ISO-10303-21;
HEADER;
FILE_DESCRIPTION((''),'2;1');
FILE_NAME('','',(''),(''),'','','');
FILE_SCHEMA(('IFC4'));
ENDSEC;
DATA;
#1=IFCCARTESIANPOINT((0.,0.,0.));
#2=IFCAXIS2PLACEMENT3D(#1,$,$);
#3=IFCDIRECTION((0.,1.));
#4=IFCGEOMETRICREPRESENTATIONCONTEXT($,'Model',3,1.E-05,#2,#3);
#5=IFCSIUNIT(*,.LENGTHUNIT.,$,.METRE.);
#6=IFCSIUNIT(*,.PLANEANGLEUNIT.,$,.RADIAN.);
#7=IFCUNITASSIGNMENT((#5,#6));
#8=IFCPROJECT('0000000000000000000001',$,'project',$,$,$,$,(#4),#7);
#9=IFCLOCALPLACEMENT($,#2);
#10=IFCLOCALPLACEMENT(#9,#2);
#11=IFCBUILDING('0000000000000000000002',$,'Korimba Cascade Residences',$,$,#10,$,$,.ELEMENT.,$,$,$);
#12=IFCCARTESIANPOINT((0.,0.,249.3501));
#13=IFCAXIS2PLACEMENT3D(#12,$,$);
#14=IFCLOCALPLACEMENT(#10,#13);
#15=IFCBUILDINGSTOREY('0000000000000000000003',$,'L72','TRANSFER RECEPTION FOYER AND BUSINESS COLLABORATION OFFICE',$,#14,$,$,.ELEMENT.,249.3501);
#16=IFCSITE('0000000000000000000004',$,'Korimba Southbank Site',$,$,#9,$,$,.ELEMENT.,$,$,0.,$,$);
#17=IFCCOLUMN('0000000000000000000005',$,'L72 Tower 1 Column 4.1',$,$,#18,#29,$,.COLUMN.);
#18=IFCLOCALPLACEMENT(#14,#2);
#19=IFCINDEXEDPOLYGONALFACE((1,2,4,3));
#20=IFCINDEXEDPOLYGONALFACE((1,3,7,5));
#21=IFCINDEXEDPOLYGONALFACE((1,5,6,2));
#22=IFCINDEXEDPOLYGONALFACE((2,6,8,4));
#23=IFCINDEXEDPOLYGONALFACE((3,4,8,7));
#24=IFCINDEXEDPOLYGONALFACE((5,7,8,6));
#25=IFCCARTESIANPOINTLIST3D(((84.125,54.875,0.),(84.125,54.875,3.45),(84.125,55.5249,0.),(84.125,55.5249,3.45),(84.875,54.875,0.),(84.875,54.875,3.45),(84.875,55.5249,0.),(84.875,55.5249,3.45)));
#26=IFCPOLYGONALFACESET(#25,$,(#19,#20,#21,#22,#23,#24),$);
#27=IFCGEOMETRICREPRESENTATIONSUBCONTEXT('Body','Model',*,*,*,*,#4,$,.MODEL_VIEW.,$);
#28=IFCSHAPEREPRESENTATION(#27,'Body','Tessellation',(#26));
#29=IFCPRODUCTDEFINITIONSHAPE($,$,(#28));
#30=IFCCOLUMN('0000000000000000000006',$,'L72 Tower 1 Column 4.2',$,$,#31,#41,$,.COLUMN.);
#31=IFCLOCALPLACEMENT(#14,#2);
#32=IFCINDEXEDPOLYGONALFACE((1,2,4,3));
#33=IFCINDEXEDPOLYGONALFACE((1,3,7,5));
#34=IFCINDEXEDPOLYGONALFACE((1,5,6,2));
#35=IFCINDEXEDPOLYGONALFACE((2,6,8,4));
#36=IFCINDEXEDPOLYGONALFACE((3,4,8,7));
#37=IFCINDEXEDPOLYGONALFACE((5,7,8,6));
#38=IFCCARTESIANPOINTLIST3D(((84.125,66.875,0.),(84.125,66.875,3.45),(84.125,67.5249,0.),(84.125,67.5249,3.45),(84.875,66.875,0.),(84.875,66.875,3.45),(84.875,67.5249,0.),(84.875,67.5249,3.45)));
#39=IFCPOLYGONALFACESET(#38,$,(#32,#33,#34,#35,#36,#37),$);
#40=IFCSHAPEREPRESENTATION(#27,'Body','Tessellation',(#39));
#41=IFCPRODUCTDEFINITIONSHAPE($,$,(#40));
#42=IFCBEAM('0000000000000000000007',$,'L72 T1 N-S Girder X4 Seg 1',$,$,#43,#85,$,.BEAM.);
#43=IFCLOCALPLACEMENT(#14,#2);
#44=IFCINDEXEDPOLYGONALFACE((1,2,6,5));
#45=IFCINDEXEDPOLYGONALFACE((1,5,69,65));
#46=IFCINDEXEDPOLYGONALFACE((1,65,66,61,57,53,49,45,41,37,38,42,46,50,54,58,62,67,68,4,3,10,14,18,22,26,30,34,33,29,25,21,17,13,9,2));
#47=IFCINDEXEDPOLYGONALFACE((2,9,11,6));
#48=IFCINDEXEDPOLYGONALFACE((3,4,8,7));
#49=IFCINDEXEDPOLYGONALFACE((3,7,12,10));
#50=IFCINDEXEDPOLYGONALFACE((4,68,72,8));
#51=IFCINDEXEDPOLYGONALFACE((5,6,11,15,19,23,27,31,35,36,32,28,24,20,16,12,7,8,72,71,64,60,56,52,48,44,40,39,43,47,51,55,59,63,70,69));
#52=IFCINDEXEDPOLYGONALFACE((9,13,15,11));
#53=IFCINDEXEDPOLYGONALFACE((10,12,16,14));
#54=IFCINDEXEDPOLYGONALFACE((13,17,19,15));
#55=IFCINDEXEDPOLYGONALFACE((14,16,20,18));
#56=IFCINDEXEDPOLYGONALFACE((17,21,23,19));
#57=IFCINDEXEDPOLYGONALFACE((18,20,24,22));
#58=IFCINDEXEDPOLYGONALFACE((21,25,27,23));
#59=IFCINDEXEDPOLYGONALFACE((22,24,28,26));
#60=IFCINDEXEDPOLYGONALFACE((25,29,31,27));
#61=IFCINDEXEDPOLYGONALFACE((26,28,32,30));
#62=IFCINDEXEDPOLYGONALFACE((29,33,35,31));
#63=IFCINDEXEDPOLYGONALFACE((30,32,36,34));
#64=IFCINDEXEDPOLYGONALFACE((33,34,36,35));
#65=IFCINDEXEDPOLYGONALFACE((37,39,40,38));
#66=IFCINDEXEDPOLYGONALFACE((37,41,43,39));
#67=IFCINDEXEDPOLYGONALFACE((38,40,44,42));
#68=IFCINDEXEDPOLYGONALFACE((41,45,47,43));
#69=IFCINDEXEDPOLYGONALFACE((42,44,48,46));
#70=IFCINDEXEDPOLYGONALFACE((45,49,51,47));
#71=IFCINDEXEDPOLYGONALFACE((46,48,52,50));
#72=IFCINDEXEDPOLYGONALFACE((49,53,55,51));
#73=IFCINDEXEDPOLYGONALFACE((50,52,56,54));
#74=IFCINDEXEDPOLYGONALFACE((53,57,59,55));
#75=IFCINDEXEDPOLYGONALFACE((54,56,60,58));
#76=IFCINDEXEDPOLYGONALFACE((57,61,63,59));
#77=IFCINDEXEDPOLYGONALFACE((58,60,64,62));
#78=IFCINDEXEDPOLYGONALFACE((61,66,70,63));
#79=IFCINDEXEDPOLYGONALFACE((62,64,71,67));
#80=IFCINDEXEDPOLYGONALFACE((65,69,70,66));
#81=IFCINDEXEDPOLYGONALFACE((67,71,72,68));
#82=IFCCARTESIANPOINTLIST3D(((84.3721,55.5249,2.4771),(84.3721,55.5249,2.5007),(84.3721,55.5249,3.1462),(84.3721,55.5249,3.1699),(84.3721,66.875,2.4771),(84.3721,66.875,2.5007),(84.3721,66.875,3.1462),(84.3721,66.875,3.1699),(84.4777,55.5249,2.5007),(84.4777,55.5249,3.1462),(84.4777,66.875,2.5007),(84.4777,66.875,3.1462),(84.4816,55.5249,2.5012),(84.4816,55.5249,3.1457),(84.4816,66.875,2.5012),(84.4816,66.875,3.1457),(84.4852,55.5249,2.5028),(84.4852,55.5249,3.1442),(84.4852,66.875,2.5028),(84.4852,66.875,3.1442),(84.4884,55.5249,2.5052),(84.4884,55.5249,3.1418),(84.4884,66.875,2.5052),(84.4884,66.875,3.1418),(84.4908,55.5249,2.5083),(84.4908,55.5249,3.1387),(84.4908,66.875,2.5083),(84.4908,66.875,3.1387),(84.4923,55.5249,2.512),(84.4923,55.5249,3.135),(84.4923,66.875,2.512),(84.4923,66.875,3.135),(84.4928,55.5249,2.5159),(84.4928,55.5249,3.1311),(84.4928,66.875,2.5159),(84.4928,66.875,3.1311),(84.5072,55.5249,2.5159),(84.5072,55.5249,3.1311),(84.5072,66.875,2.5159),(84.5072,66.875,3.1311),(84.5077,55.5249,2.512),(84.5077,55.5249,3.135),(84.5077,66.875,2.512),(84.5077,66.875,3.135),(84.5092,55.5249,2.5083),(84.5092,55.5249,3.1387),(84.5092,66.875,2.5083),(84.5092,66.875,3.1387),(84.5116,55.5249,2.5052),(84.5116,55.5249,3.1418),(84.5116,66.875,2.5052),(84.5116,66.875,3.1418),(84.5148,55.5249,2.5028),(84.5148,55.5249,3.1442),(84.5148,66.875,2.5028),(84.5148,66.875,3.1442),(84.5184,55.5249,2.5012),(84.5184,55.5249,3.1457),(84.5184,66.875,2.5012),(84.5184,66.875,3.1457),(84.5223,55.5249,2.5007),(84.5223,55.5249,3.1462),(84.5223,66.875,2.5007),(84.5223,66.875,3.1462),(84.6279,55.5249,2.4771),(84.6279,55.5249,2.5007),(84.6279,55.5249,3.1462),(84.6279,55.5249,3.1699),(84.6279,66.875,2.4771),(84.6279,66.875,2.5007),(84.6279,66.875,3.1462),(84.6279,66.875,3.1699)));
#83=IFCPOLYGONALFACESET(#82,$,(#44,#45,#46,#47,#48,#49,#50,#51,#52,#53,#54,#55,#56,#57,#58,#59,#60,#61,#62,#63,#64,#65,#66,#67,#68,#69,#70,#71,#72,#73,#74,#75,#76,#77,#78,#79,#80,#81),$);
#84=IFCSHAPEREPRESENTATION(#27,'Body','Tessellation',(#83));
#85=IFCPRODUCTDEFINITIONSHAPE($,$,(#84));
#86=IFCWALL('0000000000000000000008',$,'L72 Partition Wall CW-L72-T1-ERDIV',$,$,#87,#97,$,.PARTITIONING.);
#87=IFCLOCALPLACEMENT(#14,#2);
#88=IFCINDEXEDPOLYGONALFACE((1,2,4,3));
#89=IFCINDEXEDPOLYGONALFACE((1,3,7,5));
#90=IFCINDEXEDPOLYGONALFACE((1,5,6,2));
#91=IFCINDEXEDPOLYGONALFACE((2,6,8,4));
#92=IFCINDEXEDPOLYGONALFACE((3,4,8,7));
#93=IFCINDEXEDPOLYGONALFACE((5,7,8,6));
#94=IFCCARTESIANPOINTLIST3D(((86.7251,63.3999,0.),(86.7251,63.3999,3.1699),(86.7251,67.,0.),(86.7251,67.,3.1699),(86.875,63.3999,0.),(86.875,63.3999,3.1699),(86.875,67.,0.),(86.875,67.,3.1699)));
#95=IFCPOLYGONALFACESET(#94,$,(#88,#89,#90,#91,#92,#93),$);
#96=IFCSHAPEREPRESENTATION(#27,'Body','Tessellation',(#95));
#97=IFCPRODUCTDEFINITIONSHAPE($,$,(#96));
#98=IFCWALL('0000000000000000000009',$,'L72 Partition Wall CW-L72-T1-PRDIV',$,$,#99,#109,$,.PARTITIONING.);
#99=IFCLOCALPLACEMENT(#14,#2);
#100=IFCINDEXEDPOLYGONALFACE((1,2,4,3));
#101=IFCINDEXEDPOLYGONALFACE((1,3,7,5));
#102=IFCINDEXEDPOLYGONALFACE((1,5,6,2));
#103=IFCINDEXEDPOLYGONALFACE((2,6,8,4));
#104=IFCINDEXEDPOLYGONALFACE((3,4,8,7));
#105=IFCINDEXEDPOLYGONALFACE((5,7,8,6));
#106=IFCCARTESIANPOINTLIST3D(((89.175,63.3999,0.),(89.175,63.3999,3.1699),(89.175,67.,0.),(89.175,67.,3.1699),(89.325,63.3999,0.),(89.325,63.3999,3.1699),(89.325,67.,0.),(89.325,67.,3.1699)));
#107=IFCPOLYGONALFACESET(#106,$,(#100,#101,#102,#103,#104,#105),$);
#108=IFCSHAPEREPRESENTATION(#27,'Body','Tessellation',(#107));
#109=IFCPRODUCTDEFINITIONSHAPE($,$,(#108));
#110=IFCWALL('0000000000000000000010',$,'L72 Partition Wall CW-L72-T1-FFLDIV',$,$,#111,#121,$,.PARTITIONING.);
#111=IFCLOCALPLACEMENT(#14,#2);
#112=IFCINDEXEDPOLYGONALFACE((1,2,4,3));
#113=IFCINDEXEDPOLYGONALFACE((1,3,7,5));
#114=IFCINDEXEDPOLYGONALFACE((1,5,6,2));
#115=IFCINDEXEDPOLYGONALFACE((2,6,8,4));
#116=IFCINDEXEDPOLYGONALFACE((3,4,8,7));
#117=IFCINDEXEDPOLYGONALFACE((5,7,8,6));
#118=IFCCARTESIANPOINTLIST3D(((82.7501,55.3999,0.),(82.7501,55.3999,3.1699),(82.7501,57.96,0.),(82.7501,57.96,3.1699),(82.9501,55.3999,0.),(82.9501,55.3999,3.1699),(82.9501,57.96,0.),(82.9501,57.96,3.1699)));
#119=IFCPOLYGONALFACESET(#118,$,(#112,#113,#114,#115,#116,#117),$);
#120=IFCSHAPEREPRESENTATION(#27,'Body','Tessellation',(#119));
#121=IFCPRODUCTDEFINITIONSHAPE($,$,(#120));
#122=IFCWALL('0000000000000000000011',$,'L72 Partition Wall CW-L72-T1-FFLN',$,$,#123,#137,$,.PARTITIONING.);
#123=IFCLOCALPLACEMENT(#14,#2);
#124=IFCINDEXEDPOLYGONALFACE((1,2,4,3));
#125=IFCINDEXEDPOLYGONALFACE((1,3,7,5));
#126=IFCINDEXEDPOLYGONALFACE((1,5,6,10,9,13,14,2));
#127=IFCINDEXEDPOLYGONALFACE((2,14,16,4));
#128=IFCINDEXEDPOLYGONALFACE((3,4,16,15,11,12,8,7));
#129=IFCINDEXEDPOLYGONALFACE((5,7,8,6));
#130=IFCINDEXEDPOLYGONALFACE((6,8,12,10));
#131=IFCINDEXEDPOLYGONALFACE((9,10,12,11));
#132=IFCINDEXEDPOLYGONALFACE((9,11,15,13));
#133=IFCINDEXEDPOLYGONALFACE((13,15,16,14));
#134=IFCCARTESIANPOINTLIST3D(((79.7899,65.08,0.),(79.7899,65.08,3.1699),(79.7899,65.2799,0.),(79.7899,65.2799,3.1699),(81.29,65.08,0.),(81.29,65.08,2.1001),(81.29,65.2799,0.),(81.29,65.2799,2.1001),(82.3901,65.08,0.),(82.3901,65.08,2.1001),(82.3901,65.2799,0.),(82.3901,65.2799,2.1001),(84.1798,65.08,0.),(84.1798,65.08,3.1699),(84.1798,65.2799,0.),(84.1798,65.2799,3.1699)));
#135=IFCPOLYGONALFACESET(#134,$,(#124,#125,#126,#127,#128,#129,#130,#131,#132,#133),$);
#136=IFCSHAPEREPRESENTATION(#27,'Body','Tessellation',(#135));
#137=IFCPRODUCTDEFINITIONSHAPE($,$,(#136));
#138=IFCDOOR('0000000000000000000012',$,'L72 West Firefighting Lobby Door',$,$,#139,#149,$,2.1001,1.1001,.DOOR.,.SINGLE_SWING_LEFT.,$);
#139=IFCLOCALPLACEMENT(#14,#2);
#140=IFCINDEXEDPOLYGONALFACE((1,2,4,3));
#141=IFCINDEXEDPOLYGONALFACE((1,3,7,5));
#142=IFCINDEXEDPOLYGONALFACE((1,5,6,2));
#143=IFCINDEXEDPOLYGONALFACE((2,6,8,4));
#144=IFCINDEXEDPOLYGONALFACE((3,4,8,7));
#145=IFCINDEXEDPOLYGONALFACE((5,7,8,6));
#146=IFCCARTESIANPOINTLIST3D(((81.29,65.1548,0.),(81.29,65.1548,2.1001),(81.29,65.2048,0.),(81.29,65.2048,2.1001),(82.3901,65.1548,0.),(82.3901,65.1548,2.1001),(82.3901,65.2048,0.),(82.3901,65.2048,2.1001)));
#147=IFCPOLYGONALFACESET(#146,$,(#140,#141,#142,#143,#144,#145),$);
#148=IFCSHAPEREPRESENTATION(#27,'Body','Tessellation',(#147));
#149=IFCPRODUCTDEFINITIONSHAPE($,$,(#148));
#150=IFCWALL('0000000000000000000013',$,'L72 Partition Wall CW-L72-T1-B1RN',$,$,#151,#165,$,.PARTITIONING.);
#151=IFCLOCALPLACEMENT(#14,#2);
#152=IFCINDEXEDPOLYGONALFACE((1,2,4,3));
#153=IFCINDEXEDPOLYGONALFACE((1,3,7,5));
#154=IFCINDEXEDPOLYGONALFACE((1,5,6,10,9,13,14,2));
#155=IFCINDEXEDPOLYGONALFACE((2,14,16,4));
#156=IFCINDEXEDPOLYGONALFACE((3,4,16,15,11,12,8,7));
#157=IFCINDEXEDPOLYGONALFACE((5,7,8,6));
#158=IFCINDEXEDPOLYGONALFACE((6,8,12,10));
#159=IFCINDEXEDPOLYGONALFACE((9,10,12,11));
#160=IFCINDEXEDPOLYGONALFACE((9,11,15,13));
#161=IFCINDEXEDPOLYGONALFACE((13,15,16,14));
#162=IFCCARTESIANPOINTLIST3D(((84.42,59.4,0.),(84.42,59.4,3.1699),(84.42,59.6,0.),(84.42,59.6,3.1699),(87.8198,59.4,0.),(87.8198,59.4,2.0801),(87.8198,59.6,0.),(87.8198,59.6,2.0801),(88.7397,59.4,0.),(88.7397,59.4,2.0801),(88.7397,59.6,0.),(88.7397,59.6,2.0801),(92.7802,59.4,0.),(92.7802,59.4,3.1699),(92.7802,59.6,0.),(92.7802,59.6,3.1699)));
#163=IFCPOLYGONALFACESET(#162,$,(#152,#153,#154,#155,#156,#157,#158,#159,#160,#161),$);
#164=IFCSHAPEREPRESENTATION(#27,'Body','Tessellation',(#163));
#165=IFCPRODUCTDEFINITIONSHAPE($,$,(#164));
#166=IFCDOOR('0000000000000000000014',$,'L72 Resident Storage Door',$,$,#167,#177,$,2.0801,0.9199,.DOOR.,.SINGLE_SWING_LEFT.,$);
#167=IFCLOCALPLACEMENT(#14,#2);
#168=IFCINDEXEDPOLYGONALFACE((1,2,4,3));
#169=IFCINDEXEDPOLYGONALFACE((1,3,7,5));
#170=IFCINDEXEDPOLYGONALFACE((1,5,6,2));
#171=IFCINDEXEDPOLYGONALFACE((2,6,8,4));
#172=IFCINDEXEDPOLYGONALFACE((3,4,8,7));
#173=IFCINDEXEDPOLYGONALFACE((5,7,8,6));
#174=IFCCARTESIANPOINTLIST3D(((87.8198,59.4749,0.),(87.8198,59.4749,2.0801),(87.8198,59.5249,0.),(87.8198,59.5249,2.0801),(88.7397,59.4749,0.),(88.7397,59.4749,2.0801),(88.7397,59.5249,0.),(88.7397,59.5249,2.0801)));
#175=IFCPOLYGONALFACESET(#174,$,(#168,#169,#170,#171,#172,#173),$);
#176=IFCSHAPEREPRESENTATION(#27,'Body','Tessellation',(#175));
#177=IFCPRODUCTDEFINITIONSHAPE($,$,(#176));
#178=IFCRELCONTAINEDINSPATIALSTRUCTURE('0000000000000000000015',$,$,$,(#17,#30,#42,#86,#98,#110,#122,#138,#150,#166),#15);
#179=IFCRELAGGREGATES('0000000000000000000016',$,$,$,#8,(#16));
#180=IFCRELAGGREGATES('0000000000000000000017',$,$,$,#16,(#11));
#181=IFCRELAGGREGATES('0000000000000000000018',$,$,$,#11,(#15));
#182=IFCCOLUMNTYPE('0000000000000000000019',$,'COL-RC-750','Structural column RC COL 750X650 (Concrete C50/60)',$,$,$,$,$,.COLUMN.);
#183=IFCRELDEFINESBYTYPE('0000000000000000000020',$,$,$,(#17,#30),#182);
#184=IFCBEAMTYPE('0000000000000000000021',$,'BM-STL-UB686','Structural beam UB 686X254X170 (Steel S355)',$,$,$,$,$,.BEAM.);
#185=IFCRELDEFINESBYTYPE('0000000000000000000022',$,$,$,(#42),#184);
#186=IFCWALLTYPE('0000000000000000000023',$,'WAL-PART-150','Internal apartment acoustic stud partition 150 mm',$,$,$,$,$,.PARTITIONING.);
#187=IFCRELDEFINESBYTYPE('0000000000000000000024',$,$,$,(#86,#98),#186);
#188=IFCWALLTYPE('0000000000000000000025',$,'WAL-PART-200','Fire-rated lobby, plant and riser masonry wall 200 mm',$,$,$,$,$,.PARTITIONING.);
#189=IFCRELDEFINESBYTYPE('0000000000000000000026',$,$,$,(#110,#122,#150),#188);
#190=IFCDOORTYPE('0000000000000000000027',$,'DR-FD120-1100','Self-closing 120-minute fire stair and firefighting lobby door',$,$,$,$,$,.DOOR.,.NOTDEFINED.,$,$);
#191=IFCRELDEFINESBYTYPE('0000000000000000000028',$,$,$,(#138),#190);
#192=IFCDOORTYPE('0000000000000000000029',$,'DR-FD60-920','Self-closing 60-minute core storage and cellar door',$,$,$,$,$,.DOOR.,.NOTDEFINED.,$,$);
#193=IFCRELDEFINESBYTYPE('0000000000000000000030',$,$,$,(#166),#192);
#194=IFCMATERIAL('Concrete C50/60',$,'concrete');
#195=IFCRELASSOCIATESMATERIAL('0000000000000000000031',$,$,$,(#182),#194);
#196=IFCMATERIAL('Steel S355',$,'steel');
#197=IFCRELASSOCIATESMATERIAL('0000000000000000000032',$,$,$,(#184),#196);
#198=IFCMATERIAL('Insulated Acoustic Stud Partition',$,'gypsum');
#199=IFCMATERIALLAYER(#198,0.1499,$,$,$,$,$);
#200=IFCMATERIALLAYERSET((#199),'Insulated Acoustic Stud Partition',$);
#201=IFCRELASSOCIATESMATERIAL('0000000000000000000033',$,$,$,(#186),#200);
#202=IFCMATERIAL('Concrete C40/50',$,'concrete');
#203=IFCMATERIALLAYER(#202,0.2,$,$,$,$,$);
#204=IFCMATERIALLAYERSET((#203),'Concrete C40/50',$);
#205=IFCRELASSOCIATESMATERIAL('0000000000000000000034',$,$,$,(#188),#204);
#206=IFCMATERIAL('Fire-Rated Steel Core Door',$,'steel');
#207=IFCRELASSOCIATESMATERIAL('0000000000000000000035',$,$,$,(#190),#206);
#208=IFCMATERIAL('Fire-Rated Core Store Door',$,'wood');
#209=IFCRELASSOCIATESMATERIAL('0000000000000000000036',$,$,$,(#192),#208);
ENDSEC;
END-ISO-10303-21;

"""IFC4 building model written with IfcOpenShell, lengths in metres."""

from ifc_helpers import new_model, si_unit, direction, frame, frame_2d, origin, origin_2d, place, context, subcontext, project, spatial, rectangle, i_section, extrude, material, layer, layer_set, material_profile, profile_set, type_object, element, fill, save


model = new_model("IFC4")

# Units and contexts
model_context = context("Model", 3, precision=1e-05, world=origin(), true_north=direction((0.0, 1.0)))
body_context = subcontext(model_context, "Body", "Model", "MODEL_VIEW")
ifc_project = project(units=[si_unit("LENGTHUNIT", "METRE"), si_unit("PLANEANGLEUNIT", "RADIAN")], contexts=[model_context])

# Site, building, storey
site_placement = place(None, origin())
site = spatial("IfcSite", under=ifc_project, at=site_placement, Name="Korimba Southbank Site", CompositionType="ELEMENT", RefElevation=0.0)
building_placement = place(site_placement, origin())
building = spatial("IfcBuilding", under=site, at=building_placement, Name="Korimba Cascade Residences", CompositionType="ELEMENT")
storey_placement = place(building_placement, frame((0.0, 0.0, 249.3501)))
storey = spatial("IfcBuildingStorey", under=building, at=storey_placement, Name="L72", Description="TRANSFER RECEPTION FOYER AND BUSINESS COLLABORATION OFFICE", CompositionType="ELEMENT", Elevation=249.3501)

# Columns
ifc_material_1 = material(Name="Concrete C50/60", Category="concrete")
ifc_material_profile_1 = material_profile(ifc_material_1, rectangle(XDim=0.75, YDim=0.6499, at=origin_2d()), Name="Concrete C50/60")
ifc_profile_set_1 = profile_set([ifc_material_profile_1], Name="Concrete C50/60")
column_type = type_object("IfcColumnType", Name="COL-RC-750", Description="Structural column RC COL 750X650 (Concrete C50/60)", PredefinedType="COLUMN", material=ifc_profile_set_1)
for number, where, z_axis, x_axis, name in (
    (1, (84.5, 55.2, 0.0), (0.0, 0.0, 1.0), (1.0, 0.0, 0.0), "L72 Tower 1 Column 4.1"),
    (2, (84.5, 67.2, 0.0), (0.0, 0.0, 1.0), (1.0, 0.0, 0.0), "L72 Tower 1 Column 4.2"),
):
    element("IfcColumn", number, at=place(storey_placement, frame(where, z_axis=z_axis, x_axis=x_axis)), inside=storey, type_object=column_type, Name=name, PredefinedType="COLUMN", context=body_context, shape_type="SweptSolid", body=[
        extrude(rectangle(XDim=0.75, YDim=0.6499, at=origin_2d()), origin(), (0.0, 0.0, 1.0), 3.45),
    ])

# Beam
ifc_material_2 = material(Name="Steel S355", Category="steel")
ifc_material_profile_2 = material_profile(ifc_material_2, i_section(OverallWidth=0.2559, OverallDepth=0.6929, WebThickness=0.0144, FlangeThickness=0.0237, FilletRadius=0.0151, at=origin_2d()), Name="Steel S355")
ifc_profile_set_2 = profile_set([ifc_material_profile_2], Name="Steel S355")
beam_type = type_object("IfcBeamType", Name="BM-STL-UB686", Description="Structural beam UB 686X254X170 (Steel S355)", PredefinedType="BEAM", material=ifc_profile_set_2)
beam_placement = place(storey_placement, frame((84.5, 55.5249, 2.8235), z_axis=(0.0, 1.0, 0.0), x_axis=(-1.0, 0.0, 0.0)))
element("IfcBeam", 3, at=beam_placement, inside=storey, type_object=beam_type, Name="L72 T1 N-S Girder X4 Seg 1", PredefinedType="BEAM", context=body_context, shape_type="SweptSolid", body=[
    extrude(i_section(OverallWidth=0.2559, OverallDepth=0.6929, WebThickness=0.0144, FlangeThickness=0.0237, FilletRadius=0.0151, at=origin_2d()), origin(), (0.0, 0.0, 1.0), 11.3501),
])

# Walls
ifc_material_3 = material(Name="Insulated Acoustic Stud Partition", Category="gypsum")
ifc_layer_1 = layer(ifc_material_3, 0.1499)
ifc_layer_set_1 = layer_set([ifc_layer_1], Name="Insulated Acoustic Stud Partition")
wall_type_1 = type_object("IfcWallType", Name="WAL-PART-150", Description="Internal apartment acoustic stud partition 150 mm", PredefinedType="PARTITIONING", material=ifc_layer_set_1)
for number, where, z_axis, x_axis, name in (
    (4, (86.8, 63.3999, 0.0), (0.0, 0.0, 1.0), (0.0, 1.0, 0.0), "L72 Partition Wall CW-L72-T1-ERDIV"),
    (5, (89.25, 63.3999, 0.0), (0.0, 0.0, 1.0), (0.0, 1.0, 0.0), "L72 Partition Wall CW-L72-T1-PRDIV"),
):
    element("IfcWall", number, at=place(storey_placement, frame(where, z_axis=z_axis, x_axis=x_axis)), inside=storey, type_object=wall_type_1, Name=name, PredefinedType="PARTITIONING", context=body_context, shape_type="SweptSolid", body=[
        extrude(rectangle(XDim=3.6001, YDim=0.1499, at=frame_2d((1.8, 0.0))), origin(), (0.0, 0.0, 1.0), 3.1699),
    ])
ifc_material_4 = material(Name="Concrete C40/50", Category="concrete")
ifc_layer_2 = layer(ifc_material_4, 0.2)
ifc_layer_set_2 = layer_set([ifc_layer_2], Name="Concrete C40/50")
wall_type_2 = type_object("IfcWallType", Name="WAL-PART-200", Description="Fire-rated lobby, plant and riser masonry wall 200 mm", PredefinedType="PARTITIONING", material=ifc_layer_set_2)
wall_1_placement = place(storey_placement, frame((82.8501, 55.3999, 0.0), z_axis=(0.0, 0.0, 1.0), x_axis=(0.0, 1.0, 0.0)))
element("IfcWall", 6, at=wall_1_placement, inside=storey, type_object=wall_type_2, Name="L72 Partition Wall CW-L72-T1-FFLDIV", PredefinedType="PARTITIONING", context=body_context, shape_type="SweptSolid", body=[
    extrude(rectangle(XDim=2.5601, YDim=0.2, at=frame_2d((1.28, 0.0))), origin(), (0.0, 0.0, 1.0), 3.1699),
])

# Walls, openings, doors
wall_2_placement = place(storey_placement, frame((79.79, 65.1799, 0.0), z_axis=(0.0, 0.0, 1.0), x_axis=(1.0, 0.0, 0.0)))
wall_2 = element("IfcWall", 7, at=wall_2_placement, inside=storey, type_object=wall_type_2, Name="L72 Partition Wall CW-L72-T1-FFLN", PredefinedType="PARTITIONING", context=body_context, shape_type="SweptSolid", body=[
    extrude(rectangle(XDim=4.3899, YDim=0.2, at=frame_2d((2.1948, 0.0))), origin(), (0.0, 0.0, 1.0), 3.1699),
])
opening_1_placement = place(wall_2_placement, frame((1.5, 0.0, 0.0)))
opening_1 = element("IfcOpeningElement", 8, at=opening_1_placement, cuts=wall_2, PredefinedType="OPENING", context=body_context, shape_type="SweptSolid", body=[
    extrude(rectangle(XDim=1.1001, YDim=2.1001, at=frame_2d((0.55, 1.05))), frame((0.0, 0.1099, 0.0), z_axis=(0.0, -1.0, 0.0), x_axis=(1.0, 0.0, 0.0)), (0.0, 0.0, 1.0), 0.22),
])
ifc_material_5 = material(Name="Fire-Rated Steel Core Door", Category="steel")
door_type_1 = type_object("IfcDoorType", Name="DR-FD120-1100", Description="Self-closing 120-minute fire stair and firefighting lobby door", OperationType="NOTDEFINED", PredefinedType="DOOR", material=ifc_material_5)
door_1_placement = place(opening_1_placement, origin())
door_1 = element("IfcDoor", 9, at=door_1_placement, inside=storey, type_object=door_type_1, Name="L72 West Firefighting Lobby Door", OperationType="SINGLE_SWING_LEFT", OverallHeight=2.1001, OverallWidth=1.1001, PredefinedType="DOOR", context=body_context, shape_type="SweptSolid", body=[
    extrude(rectangle(XDim=1.1001, YDim=2.1001, at=frame_2d((0.55, 1.05))), frame((0.0, 0.0249, 0.0), z_axis=(0.0, -1.0, 0.0), x_axis=(1.0, 0.0, 0.0)), (0.0, 0.0, 1.0), 0.05),
])
fill(opening_1, door_1)
wall_3_placement = place(storey_placement, frame((84.4199, 59.5, 0.0), z_axis=(0.0, 0.0, 1.0), x_axis=(1.0, 0.0, 0.0)))
wall_3 = element("IfcWall", 10, at=wall_3_placement, inside=storey, type_object=wall_type_2, Name="L72 Partition Wall CW-L72-T1-B1RN", PredefinedType="PARTITIONING", context=body_context, shape_type="SweptSolid", body=[
    extrude(rectangle(XDim=8.3601, YDim=0.2, at=frame_2d((4.1802, 0.0))), origin(), (0.0, 0.0, 1.0), 3.1699),
])
opening_2_placement = place(wall_3_placement, frame((3.3999, 0.0, 0.0)))
opening_2 = element("IfcOpeningElement", 11, at=opening_2_placement, cuts=wall_3, PredefinedType="OPENING", context=body_context, shape_type="SweptSolid", body=[
    extrude(rectangle(XDim=0.9199, YDim=2.0801, at=frame_2d((0.46, 1.04))), frame((0.0, 0.1099, 0.0), z_axis=(0.0, -1.0, 0.0), x_axis=(1.0, 0.0, 0.0)), (0.0, 0.0, 1.0), 0.22),
])
ifc_material_6 = material(Name="Fire-Rated Core Store Door", Category="wood")
door_type_2 = type_object("IfcDoorType", Name="DR-FD60-920", Description="Self-closing 60-minute core storage and cellar door", OperationType="NOTDEFINED", PredefinedType="DOOR", material=ifc_material_6)
door_2_placement = place(opening_2_placement, origin())
door_2 = element("IfcDoor", 12, at=door_2_placement, inside=storey, type_object=door_type_2, Name="L72 Resident Storage Door", OperationType="SINGLE_SWING_LEFT", OverallHeight=2.0801, OverallWidth=0.9199, PredefinedType="DOOR", context=body_context, shape_type="SweptSolid", body=[
    extrude(rectangle(XDim=0.9199, YDim=2.0801, at=frame_2d((0.46, 1.04))), frame((0.0, 0.0249, 0.0), z_axis=(0.0, -1.0, 0.0), x_axis=(1.0, 0.0, 0.0)), (0.0, 0.0, 1.0), 0.05),
])
fill(opening_2, door_2)

save(model, "model.ifc")
